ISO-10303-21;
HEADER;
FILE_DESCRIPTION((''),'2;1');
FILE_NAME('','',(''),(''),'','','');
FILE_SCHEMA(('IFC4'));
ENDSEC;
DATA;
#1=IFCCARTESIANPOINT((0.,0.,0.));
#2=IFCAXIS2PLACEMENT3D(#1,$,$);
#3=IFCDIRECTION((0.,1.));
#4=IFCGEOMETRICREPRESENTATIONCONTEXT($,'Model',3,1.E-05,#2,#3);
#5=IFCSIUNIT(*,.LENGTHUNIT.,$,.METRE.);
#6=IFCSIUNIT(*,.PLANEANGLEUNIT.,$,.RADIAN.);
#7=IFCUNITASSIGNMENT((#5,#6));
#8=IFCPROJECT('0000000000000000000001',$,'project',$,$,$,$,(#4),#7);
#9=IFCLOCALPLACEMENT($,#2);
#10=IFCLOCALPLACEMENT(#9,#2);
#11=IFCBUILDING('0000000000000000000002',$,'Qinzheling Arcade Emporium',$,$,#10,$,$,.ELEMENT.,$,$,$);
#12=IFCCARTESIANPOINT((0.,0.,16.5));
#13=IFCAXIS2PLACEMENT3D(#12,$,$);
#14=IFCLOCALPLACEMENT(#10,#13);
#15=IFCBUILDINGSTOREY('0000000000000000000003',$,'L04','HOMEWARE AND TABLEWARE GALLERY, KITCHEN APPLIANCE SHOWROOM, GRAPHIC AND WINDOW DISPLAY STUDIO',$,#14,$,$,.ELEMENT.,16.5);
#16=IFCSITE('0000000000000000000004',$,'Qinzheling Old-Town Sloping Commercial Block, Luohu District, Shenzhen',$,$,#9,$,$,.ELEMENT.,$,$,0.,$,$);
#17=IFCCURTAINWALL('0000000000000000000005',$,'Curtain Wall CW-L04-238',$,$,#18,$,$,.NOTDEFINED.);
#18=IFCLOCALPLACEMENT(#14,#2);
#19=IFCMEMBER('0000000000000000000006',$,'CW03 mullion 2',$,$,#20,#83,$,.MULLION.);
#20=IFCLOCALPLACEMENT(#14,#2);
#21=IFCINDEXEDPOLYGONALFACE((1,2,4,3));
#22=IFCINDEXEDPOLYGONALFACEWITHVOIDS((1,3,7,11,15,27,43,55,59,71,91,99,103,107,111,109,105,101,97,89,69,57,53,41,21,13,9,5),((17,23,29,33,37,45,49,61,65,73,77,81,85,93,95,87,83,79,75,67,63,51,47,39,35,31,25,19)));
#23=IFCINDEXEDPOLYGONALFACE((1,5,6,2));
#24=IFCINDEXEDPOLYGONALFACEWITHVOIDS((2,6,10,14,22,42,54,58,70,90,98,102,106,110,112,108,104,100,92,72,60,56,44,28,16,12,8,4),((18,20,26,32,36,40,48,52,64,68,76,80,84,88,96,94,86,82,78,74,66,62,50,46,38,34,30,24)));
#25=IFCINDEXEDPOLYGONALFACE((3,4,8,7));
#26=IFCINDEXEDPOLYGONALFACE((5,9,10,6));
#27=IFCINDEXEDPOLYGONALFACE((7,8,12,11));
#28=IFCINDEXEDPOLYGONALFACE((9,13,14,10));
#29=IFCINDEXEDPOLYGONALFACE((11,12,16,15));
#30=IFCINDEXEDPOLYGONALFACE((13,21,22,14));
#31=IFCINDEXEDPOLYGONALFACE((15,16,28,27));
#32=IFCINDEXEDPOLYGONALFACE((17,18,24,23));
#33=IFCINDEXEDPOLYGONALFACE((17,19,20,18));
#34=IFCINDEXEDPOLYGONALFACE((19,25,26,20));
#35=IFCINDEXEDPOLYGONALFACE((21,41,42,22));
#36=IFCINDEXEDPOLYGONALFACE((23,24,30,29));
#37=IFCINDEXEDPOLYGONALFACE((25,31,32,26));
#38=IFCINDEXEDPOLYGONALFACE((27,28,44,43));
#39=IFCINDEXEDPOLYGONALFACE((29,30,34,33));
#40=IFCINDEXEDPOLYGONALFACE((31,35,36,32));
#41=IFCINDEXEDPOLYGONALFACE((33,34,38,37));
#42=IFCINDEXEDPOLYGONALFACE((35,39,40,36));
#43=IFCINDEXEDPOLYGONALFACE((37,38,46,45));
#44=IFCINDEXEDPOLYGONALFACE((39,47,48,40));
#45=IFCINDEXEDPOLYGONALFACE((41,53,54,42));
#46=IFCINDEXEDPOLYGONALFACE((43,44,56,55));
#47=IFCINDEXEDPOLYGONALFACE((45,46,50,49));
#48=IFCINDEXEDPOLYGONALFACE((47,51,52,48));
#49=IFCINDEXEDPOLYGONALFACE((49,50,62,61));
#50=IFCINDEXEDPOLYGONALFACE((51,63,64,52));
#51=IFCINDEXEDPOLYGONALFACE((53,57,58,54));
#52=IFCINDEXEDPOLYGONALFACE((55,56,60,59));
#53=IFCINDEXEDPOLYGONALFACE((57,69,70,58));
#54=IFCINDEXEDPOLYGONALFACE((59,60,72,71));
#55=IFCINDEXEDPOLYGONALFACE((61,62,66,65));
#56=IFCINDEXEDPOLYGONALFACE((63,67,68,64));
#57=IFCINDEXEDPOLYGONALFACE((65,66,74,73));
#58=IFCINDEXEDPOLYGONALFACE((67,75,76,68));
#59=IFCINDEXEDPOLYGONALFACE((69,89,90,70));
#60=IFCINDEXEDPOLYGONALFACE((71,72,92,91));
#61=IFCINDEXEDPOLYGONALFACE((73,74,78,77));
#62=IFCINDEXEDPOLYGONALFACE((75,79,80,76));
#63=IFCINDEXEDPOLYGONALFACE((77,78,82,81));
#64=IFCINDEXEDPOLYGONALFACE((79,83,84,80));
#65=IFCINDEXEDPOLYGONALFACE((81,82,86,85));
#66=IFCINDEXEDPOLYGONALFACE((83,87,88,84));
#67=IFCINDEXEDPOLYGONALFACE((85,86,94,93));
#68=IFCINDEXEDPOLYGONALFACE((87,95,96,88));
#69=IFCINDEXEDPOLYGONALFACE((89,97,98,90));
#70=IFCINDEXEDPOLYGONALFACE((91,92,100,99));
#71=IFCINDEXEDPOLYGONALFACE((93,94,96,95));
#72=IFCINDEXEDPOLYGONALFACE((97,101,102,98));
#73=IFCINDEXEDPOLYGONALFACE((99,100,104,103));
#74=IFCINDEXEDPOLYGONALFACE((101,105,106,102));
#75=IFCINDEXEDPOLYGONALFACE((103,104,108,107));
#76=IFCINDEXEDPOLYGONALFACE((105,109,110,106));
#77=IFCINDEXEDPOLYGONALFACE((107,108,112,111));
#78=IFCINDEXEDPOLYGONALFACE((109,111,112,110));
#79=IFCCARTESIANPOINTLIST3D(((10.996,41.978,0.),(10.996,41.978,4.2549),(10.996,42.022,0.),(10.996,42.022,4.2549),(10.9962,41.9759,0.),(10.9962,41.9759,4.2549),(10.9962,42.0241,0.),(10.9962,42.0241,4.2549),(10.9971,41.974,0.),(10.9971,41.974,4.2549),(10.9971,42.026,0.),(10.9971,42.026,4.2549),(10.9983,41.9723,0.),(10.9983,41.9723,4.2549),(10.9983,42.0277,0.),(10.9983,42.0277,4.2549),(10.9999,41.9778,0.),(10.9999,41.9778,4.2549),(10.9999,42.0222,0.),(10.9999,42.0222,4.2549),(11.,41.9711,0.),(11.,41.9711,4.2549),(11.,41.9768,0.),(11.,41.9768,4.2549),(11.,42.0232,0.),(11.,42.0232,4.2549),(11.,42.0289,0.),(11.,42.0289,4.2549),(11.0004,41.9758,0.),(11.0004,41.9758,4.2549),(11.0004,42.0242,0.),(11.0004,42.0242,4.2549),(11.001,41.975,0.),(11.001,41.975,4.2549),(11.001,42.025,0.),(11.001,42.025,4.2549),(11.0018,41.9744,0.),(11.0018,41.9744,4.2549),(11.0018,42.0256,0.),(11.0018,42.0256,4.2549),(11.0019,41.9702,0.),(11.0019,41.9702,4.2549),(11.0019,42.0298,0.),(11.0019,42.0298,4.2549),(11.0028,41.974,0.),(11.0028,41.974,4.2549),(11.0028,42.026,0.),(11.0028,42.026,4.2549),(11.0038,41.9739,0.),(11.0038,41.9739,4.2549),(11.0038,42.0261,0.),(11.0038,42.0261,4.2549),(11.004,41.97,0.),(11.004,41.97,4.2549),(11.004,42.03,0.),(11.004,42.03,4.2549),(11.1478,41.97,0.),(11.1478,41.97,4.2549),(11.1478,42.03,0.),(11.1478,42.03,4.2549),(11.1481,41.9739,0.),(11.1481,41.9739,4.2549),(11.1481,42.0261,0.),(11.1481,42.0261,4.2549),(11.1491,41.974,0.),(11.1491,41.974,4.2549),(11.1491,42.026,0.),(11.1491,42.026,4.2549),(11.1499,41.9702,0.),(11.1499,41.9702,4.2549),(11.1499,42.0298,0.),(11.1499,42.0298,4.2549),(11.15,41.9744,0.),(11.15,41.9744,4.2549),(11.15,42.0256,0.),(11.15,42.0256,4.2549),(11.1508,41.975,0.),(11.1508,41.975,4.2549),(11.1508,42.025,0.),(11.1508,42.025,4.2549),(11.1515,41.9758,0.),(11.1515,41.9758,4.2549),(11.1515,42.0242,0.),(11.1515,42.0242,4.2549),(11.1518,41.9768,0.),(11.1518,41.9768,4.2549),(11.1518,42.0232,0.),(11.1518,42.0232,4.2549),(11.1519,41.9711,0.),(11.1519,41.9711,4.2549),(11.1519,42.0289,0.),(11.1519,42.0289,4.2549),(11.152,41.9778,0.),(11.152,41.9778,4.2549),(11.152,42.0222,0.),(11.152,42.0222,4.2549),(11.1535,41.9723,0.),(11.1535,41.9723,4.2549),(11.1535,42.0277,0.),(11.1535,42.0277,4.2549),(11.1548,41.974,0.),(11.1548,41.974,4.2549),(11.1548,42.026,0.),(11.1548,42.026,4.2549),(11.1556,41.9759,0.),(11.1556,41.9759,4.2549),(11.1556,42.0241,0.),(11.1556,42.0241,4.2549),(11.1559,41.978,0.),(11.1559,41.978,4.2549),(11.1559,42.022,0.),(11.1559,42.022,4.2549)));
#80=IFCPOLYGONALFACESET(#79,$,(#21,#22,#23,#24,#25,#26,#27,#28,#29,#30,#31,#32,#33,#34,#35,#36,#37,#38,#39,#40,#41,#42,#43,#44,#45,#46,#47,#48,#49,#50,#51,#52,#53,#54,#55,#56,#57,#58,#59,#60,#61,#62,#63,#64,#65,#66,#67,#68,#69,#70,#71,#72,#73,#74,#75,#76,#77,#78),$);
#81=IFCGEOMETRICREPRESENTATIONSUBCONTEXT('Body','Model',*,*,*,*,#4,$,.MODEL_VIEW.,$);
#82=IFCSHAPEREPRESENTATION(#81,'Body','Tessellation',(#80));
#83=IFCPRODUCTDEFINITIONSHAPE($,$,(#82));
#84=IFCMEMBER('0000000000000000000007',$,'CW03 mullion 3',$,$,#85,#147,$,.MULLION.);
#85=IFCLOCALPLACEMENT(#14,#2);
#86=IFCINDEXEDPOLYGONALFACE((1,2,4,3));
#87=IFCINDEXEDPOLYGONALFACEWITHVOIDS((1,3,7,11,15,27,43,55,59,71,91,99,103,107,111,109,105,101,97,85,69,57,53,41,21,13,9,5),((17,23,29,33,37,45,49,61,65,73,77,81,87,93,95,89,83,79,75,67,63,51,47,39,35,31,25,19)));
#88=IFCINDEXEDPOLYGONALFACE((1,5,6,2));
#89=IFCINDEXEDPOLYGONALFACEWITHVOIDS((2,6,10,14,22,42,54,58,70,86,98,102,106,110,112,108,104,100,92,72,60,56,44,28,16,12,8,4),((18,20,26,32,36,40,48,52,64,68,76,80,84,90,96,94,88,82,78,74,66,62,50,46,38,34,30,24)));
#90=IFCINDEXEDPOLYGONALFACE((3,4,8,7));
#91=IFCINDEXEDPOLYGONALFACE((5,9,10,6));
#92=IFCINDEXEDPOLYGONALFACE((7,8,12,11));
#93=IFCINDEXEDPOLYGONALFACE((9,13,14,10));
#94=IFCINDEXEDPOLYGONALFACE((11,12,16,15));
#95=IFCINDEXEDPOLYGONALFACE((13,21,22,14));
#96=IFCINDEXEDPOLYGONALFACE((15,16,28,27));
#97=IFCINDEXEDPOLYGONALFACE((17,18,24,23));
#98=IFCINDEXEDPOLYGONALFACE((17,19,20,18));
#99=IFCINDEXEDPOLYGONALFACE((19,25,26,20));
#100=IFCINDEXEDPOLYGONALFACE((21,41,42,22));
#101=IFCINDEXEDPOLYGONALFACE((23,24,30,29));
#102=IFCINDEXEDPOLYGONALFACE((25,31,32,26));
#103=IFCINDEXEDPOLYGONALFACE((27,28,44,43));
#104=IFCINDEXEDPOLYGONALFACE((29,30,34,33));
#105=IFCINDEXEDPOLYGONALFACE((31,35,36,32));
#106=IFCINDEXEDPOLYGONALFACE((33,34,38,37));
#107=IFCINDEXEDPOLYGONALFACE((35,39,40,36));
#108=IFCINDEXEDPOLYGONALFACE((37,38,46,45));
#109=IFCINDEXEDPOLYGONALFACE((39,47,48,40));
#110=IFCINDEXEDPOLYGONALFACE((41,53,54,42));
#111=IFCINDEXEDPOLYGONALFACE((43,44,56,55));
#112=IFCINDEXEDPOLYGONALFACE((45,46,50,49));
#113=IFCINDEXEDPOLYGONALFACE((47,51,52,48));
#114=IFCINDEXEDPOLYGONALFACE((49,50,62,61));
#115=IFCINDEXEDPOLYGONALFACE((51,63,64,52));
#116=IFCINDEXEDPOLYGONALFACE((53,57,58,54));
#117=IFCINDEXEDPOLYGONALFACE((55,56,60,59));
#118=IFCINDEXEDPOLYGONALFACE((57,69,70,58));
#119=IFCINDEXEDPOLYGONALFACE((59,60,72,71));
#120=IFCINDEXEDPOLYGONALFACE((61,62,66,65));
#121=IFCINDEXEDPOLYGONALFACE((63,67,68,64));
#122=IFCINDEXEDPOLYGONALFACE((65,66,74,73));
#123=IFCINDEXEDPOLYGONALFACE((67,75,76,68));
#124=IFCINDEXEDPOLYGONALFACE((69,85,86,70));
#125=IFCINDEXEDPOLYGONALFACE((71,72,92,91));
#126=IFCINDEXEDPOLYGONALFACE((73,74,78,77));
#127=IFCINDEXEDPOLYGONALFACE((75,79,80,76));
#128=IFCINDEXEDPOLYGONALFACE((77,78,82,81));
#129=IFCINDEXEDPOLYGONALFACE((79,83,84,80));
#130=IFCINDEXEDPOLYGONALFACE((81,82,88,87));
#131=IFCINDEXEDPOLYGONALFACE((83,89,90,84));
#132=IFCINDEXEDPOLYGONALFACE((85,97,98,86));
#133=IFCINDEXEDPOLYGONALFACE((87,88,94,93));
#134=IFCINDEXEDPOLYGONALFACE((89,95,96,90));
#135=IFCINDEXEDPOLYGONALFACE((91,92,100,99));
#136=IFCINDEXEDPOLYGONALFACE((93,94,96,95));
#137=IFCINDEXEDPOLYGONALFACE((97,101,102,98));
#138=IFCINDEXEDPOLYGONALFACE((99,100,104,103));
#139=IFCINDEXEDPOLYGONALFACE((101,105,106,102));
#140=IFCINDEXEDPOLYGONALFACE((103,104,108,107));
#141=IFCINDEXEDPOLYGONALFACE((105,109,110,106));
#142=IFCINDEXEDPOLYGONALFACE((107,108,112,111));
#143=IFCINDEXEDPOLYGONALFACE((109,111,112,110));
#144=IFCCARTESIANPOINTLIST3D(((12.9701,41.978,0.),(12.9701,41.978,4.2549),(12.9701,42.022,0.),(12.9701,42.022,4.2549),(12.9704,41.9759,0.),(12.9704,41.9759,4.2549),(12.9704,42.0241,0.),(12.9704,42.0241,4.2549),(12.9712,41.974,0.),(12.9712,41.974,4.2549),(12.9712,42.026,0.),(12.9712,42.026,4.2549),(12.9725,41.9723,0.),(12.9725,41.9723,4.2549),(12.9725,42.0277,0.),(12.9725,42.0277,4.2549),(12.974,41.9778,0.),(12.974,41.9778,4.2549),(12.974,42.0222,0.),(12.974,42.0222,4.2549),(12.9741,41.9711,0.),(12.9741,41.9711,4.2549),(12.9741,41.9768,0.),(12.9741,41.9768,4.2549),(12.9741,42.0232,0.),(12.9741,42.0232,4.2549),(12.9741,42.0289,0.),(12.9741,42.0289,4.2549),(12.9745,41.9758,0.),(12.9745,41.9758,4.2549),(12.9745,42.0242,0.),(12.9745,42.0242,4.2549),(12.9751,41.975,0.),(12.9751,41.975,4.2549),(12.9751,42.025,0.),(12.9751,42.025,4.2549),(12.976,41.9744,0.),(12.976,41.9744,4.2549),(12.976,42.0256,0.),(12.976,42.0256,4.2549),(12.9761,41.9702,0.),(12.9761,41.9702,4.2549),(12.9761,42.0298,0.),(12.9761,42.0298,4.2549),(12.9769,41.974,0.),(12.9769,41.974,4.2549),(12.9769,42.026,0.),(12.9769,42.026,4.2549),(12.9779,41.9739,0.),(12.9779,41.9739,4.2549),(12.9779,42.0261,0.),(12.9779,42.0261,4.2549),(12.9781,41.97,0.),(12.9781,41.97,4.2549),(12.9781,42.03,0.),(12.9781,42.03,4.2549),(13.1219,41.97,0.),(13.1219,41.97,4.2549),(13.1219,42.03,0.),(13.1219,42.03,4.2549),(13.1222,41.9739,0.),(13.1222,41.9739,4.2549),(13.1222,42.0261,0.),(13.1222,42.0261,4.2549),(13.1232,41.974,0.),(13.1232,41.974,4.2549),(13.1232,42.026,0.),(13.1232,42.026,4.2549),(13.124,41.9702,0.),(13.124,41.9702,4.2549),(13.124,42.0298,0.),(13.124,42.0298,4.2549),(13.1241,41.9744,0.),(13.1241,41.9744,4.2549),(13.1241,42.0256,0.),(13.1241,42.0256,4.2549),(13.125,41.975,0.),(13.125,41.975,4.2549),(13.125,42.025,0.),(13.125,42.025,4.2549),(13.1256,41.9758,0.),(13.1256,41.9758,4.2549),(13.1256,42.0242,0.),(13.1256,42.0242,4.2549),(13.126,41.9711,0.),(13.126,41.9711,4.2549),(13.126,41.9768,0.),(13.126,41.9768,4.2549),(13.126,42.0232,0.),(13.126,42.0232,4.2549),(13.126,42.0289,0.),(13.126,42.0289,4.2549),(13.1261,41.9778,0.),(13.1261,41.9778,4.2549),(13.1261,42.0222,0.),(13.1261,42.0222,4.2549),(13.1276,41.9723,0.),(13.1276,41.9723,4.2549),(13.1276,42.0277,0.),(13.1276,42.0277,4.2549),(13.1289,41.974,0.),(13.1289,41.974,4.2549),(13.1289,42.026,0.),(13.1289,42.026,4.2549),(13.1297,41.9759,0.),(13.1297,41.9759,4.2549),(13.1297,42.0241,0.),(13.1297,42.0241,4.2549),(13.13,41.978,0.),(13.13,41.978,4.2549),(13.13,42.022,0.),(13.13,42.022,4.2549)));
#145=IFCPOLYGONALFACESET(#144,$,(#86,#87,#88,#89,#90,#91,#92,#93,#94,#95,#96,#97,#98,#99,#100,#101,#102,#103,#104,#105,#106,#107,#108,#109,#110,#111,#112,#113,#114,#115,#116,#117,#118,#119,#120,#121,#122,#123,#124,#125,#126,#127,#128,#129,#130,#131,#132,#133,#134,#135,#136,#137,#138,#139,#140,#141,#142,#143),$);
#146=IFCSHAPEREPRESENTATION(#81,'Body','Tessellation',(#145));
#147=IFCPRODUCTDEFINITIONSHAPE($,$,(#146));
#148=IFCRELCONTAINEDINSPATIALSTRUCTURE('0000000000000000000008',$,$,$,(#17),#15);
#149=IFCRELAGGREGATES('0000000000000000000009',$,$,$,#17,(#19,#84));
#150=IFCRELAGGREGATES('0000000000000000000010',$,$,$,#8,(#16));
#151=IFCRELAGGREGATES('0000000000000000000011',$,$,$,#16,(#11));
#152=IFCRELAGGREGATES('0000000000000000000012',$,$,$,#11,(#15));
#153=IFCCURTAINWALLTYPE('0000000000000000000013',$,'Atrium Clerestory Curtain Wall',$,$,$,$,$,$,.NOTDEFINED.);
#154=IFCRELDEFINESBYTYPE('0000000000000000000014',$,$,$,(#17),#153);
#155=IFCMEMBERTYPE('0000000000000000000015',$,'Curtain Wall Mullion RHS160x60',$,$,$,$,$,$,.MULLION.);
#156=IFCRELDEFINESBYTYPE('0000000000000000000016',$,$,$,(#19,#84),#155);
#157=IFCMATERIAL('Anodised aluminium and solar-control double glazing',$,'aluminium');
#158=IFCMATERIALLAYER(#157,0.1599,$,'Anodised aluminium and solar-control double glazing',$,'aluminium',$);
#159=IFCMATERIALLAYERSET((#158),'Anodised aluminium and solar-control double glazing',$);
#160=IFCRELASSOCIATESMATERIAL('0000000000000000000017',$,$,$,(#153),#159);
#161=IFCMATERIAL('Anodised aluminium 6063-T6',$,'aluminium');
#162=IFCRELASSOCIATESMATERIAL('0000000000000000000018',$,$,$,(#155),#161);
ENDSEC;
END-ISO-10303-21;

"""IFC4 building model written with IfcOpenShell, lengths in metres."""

from ifc_helpers import new_model, si_unit, direction, frame, origin, origin_2d, place, context, subcontext, project, spatial, hollow_rectangle, extrude, material, layer, layer_set, material_profile, profile_set, type_object, element, aggregate, save


model = new_model("IFC4")

# Units and contexts
model_context = context("Model", 3, precision=1e-05, world=origin(), true_north=direction((0.0, 1.0)))
body_context = subcontext(model_context, "Body", "Model", "MODEL_VIEW")
ifc_project = project(units=[si_unit("LENGTHUNIT", "METRE"), si_unit("PLANEANGLEUNIT", "RADIAN")], contexts=[model_context])

# Site, building, storey
site_placement = place(None, origin())
site = spatial("IfcSite", under=ifc_project, at=site_placement, Name="Qinzheling Old-Town Sloping Commercial Block, Luohu District, Shenzhen", CompositionType="ELEMENT", RefElevation=0.0)
building_placement = place(site_placement, origin())
building = spatial("IfcBuilding", under=site, at=building_placement, Name="Qinzheling Arcade Emporium", CompositionType="ELEMENT")
storey_placement = place(building_placement, frame((0.0, 0.0, 16.5)))
storey = spatial("IfcBuildingStorey", under=building, at=storey_placement, Name="L04", Description="HOMEWARE AND TABLEWARE GALLERY, KITCHEN APPLIANCE SHOWROOM, GRAPHIC AND WINDOW DISPLAY STUDIO", CompositionType="ELEMENT", Elevation=16.5)

# Curtain wall, members
ifc_material_1 = material(Name="Anodised aluminium and solar-control double glazing", Category="aluminium")
ifc_layer_1 = layer(ifc_material_1, 0.1599, Name="Anodised aluminium and solar-control double glazing", Category="aluminium")
ifc_layer_set_1 = layer_set([ifc_layer_1], Name="Anodised aluminium and solar-control double glazing")
curtain_wall_type = type_object("IfcCurtainWallType", Name="Atrium Clerestory Curtain Wall", PredefinedType="NOTDEFINED", material=ifc_layer_set_1)
curtain_wall_placement = place(storey_placement, origin())
curtain_wall = element("IfcCurtainWall", 1, at=curtain_wall_placement, inside=storey, type_object=curtain_wall_type, Name="Curtain Wall CW-L04-238", PredefinedType="NOTDEFINED")
ifc_material_2 = material(Name="Anodised aluminium 6063-T6", Category="aluminium")
ifc_material_profile_1 = material_profile(ifc_material_2, hollow_rectangle(XDim=0.0601, YDim=0.1599, WallThickness=0.0039, InnerFilletRadius=0.0039, OuterFilletRadius=0.0081, at=origin_2d()), Name="RHS 160x60x4", Category="aluminium")
ifc_profile_set_1 = profile_set([ifc_material_profile_1], Name="Anodised aluminium 6063-T6")
member_type_1 = type_object("IfcMemberType", Name="Curtain Wall Mullion RHS160x60", PredefinedType="MULLION", material=ifc_profile_set_1)
member_1_placement = place(storey_placement, frame((11.0759, 42.0, 0.0), z_axis=(0.0, 0.0, 1.0), x_axis=(0.0, 1.0, 0.0)))
member_1 = element("IfcMember", 2, at=member_1_placement, type_object=member_type_1, Name="CW03 mullion 2", PredefinedType="MULLION", context=body_context, shape_type="SweptSolid", body=[
    extrude(hollow_rectangle(XDim=0.0601, YDim=0.1599, WallThickness=0.0039, InnerFilletRadius=0.0039, OuterFilletRadius=0.0081, at=origin_2d()), origin(), (0.0, 0.0, 1.0), 4.2549),
])
member_2_placement = place(storey_placement, frame((13.05, 42.0, 0.0), z_axis=(0.0, 0.0, 1.0), x_axis=(0.0, 1.0, 0.0)))
member_2 = element("IfcMember", 3, at=member_2_placement, type_object=member_type_1, Name="CW03 mullion 3", PredefinedType="MULLION", context=body_context, shape_type="SweptSolid", body=[
    extrude(hollow_rectangle(XDim=0.0601, YDim=0.1599, WallThickness=0.0039, InnerFilletRadius=0.0039, OuterFilletRadius=0.0081, at=origin_2d()), origin(), (0.0, 0.0, 1.0), 4.2549),
])
aggregate(curtain_wall, [member_1, member_2])

save(model, "model.ifc")
